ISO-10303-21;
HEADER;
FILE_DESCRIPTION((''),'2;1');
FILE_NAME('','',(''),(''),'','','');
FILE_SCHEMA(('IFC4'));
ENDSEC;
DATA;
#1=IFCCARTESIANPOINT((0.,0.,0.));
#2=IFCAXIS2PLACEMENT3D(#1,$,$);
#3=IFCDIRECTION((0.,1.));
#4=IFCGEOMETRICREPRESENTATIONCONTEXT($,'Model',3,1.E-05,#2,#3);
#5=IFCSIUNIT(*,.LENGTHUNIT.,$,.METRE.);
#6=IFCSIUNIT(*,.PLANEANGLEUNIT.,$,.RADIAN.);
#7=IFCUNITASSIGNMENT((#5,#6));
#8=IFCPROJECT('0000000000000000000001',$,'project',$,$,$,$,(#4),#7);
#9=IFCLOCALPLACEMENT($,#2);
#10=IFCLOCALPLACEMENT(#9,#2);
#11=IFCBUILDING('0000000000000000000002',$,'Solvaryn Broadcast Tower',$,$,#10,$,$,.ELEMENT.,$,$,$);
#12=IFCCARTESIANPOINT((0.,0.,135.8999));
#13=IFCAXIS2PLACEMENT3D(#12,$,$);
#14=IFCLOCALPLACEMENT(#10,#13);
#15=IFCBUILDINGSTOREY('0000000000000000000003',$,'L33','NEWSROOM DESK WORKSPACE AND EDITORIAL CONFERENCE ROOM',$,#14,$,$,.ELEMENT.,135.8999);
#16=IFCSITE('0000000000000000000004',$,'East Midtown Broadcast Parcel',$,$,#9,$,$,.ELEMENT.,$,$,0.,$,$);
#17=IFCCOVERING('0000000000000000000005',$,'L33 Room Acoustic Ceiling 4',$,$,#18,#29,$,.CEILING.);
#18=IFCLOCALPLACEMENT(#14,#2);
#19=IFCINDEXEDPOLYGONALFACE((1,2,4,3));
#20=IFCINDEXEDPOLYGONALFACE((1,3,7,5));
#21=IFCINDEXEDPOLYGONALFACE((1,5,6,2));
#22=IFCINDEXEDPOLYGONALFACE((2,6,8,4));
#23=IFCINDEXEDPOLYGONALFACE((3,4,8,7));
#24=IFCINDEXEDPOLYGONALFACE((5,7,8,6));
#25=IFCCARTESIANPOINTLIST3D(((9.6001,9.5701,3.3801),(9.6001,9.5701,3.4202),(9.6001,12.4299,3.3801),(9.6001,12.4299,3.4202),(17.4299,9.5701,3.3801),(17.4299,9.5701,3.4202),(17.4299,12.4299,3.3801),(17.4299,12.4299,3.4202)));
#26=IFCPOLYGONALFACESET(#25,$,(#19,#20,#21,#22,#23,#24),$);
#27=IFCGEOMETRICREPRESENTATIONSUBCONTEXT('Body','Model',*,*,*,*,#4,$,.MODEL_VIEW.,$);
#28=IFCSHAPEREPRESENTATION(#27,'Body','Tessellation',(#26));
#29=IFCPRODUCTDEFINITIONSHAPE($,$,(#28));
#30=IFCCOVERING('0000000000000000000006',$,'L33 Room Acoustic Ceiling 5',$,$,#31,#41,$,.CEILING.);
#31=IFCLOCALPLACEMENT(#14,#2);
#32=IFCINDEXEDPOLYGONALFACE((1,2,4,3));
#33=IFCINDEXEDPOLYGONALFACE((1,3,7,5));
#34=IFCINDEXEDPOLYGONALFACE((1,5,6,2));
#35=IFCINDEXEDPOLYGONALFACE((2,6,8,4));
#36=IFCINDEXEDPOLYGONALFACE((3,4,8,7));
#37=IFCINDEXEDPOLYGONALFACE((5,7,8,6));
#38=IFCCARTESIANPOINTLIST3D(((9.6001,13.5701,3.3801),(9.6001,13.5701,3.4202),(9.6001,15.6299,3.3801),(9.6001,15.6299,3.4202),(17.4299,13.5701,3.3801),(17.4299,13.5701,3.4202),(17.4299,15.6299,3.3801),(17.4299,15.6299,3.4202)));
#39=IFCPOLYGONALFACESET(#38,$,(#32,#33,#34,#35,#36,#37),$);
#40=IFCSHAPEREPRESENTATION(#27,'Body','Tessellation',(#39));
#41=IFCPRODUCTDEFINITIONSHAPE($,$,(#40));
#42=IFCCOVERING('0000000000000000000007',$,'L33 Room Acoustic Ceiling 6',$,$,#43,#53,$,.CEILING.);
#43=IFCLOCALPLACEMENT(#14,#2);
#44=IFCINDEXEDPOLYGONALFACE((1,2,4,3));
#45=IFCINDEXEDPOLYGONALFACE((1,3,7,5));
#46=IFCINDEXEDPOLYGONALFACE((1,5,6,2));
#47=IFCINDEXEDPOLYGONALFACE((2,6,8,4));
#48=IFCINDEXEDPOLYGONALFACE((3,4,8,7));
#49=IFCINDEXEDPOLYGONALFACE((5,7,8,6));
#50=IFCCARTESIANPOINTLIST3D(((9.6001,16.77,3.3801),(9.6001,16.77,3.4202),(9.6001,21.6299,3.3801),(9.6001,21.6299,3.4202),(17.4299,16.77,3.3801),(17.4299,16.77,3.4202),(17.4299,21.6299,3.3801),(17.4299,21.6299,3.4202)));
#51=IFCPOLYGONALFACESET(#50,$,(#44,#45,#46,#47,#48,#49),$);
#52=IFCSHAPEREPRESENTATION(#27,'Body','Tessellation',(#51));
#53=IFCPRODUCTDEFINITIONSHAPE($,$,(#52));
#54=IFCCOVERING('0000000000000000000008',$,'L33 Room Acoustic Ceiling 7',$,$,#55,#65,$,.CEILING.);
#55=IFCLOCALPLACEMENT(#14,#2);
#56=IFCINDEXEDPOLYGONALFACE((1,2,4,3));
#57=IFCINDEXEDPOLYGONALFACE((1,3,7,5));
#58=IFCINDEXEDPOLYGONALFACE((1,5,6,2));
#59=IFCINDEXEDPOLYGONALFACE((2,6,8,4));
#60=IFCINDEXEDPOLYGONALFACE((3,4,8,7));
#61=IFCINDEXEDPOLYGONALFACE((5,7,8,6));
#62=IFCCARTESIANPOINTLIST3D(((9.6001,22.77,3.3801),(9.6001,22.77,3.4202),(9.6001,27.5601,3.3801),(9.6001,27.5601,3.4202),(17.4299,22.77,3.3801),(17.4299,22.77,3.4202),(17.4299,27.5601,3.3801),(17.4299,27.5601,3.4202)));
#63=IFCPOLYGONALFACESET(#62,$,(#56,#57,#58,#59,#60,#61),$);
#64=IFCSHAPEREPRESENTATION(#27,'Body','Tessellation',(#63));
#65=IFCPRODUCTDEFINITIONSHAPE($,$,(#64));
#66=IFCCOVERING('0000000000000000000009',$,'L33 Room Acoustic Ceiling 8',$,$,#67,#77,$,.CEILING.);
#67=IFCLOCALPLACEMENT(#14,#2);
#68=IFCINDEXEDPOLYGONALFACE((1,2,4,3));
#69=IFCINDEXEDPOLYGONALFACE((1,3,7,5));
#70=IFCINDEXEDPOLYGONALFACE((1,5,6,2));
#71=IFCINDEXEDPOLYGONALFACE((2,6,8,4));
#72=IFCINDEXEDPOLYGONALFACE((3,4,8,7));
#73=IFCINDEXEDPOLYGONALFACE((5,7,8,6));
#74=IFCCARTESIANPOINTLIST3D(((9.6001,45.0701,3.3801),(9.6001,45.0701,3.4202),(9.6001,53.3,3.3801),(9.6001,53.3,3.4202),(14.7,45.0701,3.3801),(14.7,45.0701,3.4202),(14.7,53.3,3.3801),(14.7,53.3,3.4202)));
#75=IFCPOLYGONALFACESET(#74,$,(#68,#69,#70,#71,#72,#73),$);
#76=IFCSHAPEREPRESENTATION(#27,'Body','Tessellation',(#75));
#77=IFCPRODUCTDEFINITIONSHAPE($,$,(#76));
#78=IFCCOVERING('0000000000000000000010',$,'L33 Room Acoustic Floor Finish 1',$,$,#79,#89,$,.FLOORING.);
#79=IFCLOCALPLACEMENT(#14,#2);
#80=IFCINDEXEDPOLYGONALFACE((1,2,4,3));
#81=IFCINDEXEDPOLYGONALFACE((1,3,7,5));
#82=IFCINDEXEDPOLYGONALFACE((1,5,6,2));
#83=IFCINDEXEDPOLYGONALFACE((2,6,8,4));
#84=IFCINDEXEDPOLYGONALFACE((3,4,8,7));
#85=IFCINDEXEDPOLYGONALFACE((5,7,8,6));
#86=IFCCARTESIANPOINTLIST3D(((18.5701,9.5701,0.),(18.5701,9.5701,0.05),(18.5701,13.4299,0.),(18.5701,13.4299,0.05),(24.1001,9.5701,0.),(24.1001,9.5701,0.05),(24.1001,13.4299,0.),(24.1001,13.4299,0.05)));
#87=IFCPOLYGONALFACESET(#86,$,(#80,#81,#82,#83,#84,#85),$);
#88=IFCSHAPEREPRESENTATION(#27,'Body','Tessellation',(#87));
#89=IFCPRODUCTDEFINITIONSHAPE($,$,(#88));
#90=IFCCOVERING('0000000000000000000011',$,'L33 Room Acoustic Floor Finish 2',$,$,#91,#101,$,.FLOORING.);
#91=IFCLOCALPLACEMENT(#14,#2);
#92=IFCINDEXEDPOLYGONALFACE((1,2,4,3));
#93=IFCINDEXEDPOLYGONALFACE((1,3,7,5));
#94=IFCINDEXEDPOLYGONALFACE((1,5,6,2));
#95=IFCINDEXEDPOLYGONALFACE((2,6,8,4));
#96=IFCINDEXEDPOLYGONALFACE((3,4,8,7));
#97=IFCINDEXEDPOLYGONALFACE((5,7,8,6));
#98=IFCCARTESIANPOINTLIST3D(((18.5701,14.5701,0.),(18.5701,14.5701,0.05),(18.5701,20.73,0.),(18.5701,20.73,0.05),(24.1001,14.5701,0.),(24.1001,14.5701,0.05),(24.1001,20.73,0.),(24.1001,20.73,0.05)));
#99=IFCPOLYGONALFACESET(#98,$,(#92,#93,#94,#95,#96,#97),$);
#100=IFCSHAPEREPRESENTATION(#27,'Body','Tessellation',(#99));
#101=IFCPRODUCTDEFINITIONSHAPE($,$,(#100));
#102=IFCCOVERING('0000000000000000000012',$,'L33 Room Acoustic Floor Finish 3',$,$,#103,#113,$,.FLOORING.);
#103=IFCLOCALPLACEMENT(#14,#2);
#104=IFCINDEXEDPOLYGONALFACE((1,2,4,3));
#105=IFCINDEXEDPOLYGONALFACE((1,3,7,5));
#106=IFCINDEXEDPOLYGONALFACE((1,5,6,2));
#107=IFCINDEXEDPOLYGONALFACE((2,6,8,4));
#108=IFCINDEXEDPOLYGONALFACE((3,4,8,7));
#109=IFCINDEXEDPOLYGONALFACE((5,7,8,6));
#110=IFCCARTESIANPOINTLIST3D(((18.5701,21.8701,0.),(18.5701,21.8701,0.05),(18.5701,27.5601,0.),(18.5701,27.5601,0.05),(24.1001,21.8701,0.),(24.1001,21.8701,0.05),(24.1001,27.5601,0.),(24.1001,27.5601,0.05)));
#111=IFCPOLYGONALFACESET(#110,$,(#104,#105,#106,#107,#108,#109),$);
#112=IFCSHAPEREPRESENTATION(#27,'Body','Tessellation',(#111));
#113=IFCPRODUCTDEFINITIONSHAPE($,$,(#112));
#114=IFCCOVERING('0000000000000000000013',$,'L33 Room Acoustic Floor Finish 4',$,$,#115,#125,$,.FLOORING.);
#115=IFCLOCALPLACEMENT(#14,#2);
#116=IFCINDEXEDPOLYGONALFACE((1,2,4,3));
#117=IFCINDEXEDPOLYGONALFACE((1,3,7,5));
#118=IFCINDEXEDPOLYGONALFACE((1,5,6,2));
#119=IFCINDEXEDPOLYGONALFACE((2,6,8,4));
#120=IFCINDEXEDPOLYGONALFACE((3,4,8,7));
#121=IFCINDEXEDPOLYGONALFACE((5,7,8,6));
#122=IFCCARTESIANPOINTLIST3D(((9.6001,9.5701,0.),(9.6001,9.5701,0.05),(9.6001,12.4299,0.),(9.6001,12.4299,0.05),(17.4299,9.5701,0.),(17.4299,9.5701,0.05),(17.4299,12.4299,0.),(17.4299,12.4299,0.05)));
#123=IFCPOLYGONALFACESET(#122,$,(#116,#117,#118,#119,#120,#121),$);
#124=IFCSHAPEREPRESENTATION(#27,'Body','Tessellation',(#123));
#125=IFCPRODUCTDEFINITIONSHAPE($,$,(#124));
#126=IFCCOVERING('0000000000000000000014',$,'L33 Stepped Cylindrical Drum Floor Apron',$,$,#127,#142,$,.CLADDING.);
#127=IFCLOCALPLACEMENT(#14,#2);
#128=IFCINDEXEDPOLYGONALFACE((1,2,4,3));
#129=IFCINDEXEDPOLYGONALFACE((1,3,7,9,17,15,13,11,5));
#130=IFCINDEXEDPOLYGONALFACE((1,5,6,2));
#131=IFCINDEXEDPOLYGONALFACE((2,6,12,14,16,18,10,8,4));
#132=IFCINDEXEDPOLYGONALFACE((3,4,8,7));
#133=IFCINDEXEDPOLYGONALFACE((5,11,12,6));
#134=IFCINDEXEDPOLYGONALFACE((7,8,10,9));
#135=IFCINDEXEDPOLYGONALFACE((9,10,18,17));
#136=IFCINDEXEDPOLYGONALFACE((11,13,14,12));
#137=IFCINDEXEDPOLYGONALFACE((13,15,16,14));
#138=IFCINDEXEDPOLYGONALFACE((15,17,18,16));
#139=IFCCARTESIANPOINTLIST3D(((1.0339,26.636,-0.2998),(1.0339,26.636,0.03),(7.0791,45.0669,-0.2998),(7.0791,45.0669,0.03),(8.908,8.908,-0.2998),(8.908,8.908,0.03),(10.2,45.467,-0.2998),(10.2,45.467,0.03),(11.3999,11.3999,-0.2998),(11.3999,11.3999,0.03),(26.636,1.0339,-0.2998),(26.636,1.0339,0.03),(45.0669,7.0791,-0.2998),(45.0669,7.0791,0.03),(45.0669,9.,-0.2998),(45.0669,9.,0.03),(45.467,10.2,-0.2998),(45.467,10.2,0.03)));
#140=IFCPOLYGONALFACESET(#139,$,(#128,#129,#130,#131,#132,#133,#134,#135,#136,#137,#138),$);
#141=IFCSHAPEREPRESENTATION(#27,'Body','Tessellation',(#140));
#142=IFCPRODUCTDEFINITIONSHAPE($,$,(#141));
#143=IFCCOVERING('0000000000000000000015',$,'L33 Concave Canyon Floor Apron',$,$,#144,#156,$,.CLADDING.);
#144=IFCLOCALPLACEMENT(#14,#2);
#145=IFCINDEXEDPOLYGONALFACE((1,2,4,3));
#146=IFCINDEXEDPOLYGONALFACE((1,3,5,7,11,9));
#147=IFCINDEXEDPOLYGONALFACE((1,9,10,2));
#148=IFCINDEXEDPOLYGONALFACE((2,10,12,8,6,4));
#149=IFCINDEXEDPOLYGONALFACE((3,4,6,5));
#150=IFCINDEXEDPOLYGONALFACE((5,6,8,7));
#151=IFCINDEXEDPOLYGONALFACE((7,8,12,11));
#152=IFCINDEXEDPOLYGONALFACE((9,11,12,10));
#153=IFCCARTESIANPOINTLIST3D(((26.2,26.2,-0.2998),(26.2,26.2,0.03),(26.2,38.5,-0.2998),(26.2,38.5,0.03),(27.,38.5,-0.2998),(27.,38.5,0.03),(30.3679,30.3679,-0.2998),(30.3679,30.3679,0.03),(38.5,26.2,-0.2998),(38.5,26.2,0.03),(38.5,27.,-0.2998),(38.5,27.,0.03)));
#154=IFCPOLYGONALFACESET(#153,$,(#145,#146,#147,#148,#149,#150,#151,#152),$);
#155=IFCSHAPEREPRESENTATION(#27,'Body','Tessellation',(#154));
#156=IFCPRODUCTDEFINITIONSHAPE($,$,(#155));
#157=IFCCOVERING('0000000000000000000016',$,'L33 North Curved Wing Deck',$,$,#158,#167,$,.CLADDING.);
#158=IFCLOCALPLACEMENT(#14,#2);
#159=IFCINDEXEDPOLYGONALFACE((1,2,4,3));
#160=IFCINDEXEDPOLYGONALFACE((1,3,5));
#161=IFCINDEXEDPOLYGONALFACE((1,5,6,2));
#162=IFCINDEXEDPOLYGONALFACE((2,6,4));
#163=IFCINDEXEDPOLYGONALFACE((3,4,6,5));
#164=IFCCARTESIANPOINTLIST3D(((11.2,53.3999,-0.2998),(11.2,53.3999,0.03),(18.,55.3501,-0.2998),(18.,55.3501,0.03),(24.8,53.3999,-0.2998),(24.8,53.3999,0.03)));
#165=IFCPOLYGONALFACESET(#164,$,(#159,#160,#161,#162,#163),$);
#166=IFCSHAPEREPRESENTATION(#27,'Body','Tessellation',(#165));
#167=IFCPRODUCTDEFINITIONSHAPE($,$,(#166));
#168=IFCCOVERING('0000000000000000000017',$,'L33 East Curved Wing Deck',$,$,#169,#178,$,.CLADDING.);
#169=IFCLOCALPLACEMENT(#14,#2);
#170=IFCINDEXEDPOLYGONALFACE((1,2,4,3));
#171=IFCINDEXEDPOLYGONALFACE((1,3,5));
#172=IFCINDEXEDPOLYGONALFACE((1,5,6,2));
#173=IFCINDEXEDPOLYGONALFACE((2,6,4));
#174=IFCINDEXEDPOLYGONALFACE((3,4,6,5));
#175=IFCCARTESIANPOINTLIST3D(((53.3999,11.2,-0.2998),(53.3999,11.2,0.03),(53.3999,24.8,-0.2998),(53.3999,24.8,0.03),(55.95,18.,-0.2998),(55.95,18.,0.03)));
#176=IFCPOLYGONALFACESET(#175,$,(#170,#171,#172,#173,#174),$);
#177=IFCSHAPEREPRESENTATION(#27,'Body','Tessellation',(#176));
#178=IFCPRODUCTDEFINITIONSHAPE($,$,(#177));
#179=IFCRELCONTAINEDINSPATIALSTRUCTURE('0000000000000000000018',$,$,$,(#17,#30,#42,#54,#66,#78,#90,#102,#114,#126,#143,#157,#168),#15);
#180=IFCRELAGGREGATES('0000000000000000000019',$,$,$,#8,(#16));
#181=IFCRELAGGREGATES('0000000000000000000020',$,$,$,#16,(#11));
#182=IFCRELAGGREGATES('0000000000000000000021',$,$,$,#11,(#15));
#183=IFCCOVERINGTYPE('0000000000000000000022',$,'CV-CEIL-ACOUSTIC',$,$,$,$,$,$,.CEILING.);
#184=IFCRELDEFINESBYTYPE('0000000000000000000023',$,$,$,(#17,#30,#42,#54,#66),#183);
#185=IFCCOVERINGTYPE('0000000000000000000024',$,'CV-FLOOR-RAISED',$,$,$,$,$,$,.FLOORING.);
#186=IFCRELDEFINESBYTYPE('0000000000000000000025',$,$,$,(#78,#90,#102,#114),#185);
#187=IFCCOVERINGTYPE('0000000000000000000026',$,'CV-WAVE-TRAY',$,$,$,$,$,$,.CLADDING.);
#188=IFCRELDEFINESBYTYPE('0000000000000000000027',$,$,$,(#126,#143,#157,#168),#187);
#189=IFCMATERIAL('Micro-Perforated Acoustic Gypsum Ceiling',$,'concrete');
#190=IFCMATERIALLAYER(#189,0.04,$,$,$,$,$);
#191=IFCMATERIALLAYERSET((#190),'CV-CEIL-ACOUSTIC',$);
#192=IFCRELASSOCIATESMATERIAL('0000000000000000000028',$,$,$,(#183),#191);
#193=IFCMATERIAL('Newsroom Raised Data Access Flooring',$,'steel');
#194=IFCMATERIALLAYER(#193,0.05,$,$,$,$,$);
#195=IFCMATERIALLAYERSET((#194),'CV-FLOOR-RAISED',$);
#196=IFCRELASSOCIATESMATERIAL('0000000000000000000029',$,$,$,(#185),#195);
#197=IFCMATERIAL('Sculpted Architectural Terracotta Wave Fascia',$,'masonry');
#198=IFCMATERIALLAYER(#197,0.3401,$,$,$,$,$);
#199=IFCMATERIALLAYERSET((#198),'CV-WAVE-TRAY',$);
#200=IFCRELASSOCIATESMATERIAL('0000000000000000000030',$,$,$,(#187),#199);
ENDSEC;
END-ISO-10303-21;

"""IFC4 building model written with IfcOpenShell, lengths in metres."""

from ifc_helpers import new_model, si_unit, direction, frame, origin, place, context, subcontext, project, spatial, polyline, outline, extrude, material, layer, layer_set, type_object, element, save


model = new_model("IFC4")

# Units and contexts
model_context = context("Model", 3, precision=1e-05, world=origin(), true_north=direction((0.0, 1.0)))
body_context = subcontext(model_context, "Body", "Model", "MODEL_VIEW")
ifc_project = project(units=[si_unit("LENGTHUNIT", "METRE"), si_unit("PLANEANGLEUNIT", "RADIAN")], contexts=[model_context])

# Site, building, storey
site_placement = place(None, origin())
site = spatial("IfcSite", under=ifc_project, at=site_placement, Name="East Midtown Broadcast Parcel", CompositionType="ELEMENT", RefElevation=0.0)
building_placement = place(site_placement, origin())
building = spatial("IfcBuilding", under=site, at=building_placement, Name="Solvaryn Broadcast Tower", CompositionType="ELEMENT")
storey_placement = place(building_placement, frame((0.0, 0.0, 135.8999)))
storey = spatial("IfcBuildingStorey", under=building, at=storey_placement, Name="L33", Description="NEWSROOM DESK WORKSPACE AND EDITORIAL CONFERENCE ROOM", CompositionType="ELEMENT", Elevation=135.8999)

# Coverings
ifc_material_1 = material(Name="Micro-Perforated Acoustic Gypsum Ceiling", Category="concrete")
ifc_layer_1 = layer(ifc_material_1, 0.04)
ifc_layer_set_1 = layer_set([ifc_layer_1], Name="CV-CEIL-ACOUSTIC")
covering_type_1 = type_object("IfcCoveringType", Name="CV-CEIL-ACOUSTIC", PredefinedType="CEILING", material=ifc_layer_set_1)
covering_1_placement = place(storey_placement, frame((0.0, 0.0, 3.3801)))
element("IfcCovering", 1, at=covering_1_placement, inside=storey, type_object=covering_type_1, Name="L33 Room Acoustic Ceiling 4", PredefinedType="CEILING", context=body_context, shape_type="SweptSolid", body=[
    extrude(outline(polyline([(9.6001, 9.5701), (17.4299, 9.5701), (17.4299, 12.4299), (9.6001, 12.4299), (9.6001, 9.5701)])), origin(), (0.0, 0.0, 1.0), 0.04),
])
covering_2_placement = place(storey_placement, frame((0.0, 0.0, 3.3801)))
element("IfcCovering", 2, at=covering_2_placement, inside=storey, type_object=covering_type_1, Name="L33 Room Acoustic Ceiling 5", PredefinedType="CEILING", context=body_context, shape_type="SweptSolid", body=[
    extrude(outline(polyline([(9.6001, 13.5701), (17.4299, 13.5701), (17.4299, 15.6299), (9.6001, 15.6299), (9.6001, 13.5701)])), origin(), (0.0, 0.0, 1.0), 0.04),
])
covering_3_placement = place(storey_placement, frame((0.0, 0.0, 3.3801)))
element("IfcCovering", 3, at=covering_3_placement, inside=storey, type_object=covering_type_1, Name="L33 Room Acoustic Ceiling 6", PredefinedType="CEILING", context=body_context, shape_type="SweptSolid", body=[
    extrude(outline(polyline([(9.6001, 16.77), (17.4299, 16.77), (17.4299, 21.6299), (9.6001, 21.6299), (9.6001, 16.77)])), origin(), (0.0, 0.0, 1.0), 0.04),
])
covering_4_placement = place(storey_placement, frame((0.0, 0.0, 3.3801)))
element("IfcCovering", 4, at=covering_4_placement, inside=storey, type_object=covering_type_1, Name="L33 Room Acoustic Ceiling 7", PredefinedType="CEILING", context=body_context, shape_type="SweptSolid", body=[
    extrude(outline(polyline([(9.6001, 22.77), (17.4299, 22.77), (17.4299, 27.5601), (9.6001, 27.5601), (9.6001, 22.77)])), origin(), (0.0, 0.0, 1.0), 0.04),
])
covering_5_placement = place(storey_placement, frame((0.0, 0.0, 3.3801)))
element("IfcCovering", 5, at=covering_5_placement, inside=storey, type_object=covering_type_1, Name="L33 Room Acoustic Ceiling 8", PredefinedType="CEILING", context=body_context, shape_type="SweptSolid", body=[
    extrude(outline(polyline([(9.6001, 45.0701), (14.7, 45.0701), (14.7, 53.3), (9.6001, 53.3), (9.6001, 45.0701)])), origin(), (0.0, 0.0, 1.0), 0.04),
])
ifc_material_2 = material(Name="Newsroom Raised Data Access Flooring", Category="steel")
ifc_layer_2 = layer(ifc_material_2, 0.05)
ifc_layer_set_2 = layer_set([ifc_layer_2], Name="CV-FLOOR-RAISED")
covering_type_2 = type_object("IfcCoveringType", Name="CV-FLOOR-RAISED", PredefinedType="FLOORING", material=ifc_layer_set_2)
covering_6_placement = place(storey_placement, origin())
element("IfcCovering", 6, at=covering_6_placement, inside=storey, type_object=covering_type_2, Name="L33 Room Acoustic Floor Finish 1", PredefinedType="FLOORING", context=body_context, shape_type="SweptSolid", body=[
    extrude(outline(polyline([(18.5701, 9.5701), (24.1001, 9.5701), (24.1001, 13.4299), (18.5701, 13.4299), (18.5701, 9.5701)])), origin(), (0.0, 0.0, 1.0), 0.05),
])
covering_7_placement = place(storey_placement, origin())
element("IfcCovering", 7, at=covering_7_placement, inside=storey, type_object=covering_type_2, Name="L33 Room Acoustic Floor Finish 2", PredefinedType="FLOORING", context=body_context, shape_type="SweptSolid", body=[
    extrude(outline(polyline([(18.5701, 14.5701), (24.1001, 14.5701), (24.1001, 20.73), (18.5701, 20.73), (18.5701, 14.5701)])), origin(), (0.0, 0.0, 1.0), 0.05),
])
covering_8_placement = place(storey_placement, origin())
element("IfcCovering", 8, at=covering_8_placement, inside=storey, type_object=covering_type_2, Name="L33 Room Acoustic Floor Finish 3", PredefinedType="FLOORING", context=body_context, shape_type="SweptSolid", body=[
    extrude(outline(polyline([(18.5701, 21.8701), (24.1001, 21.8701), (24.1001, 27.5601), (18.5701, 27.5601), (18.5701, 21.8701)])), origin(), (0.0, 0.0, 1.0), 0.05),
])
covering_9_placement = place(storey_placement, origin())
element("IfcCovering", 9, at=covering_9_placement, inside=storey, type_object=covering_type_2, Name="L33 Room Acoustic Floor Finish 4", PredefinedType="FLOORING", context=body_context, shape_type="SweptSolid", body=[
    extrude(outline(polyline([(9.6001, 9.5701), (17.4299, 9.5701), (17.4299, 12.4299), (9.6001, 12.4299), (9.6001, 9.5701)])), origin(), (0.0, 0.0, 1.0), 0.05),
])
ifc_material_3 = material(Name="Sculpted Architectural Terracotta Wave Fascia", Category="masonry")
ifc_layer_3 = layer(ifc_material_3, 0.3401)
ifc_layer_set_3 = layer_set([ifc_layer_3], Name="CV-WAVE-TRAY")
covering_type_3 = type_object("IfcCoveringType", Name="CV-WAVE-TRAY", PredefinedType="CLADDING", material=ifc_layer_set_3)
covering_10_placement = place(storey_placement, frame((0.0, 0.0, -0.2998)))
element("IfcCovering", 10, at=covering_10_placement, inside=storey, type_object=covering_type_3, Name="L33 Stepped Cylindrical Drum Floor Apron", PredefinedType="CLADDING", context=body_context, shape_type="SweptSolid", body=[
    extrude(outline(polyline([(10.2, 45.467), (7.0791, 45.0669), (1.0339, 26.636), (8.908, 8.908), (26.636, 1.0339), (45.0669, 7.0791), (45.0669, 9.0), (45.467, 10.2), (11.3999, 11.3999), (10.2, 45.467)])), origin(), (0.0, 0.0, 1.0), 0.3298),
])
covering_11_placement = place(storey_placement, frame((0.0, 0.0, -0.2998)))
element("IfcCovering", 11, at=covering_11_placement, inside=storey, type_object=covering_type_3, Name="L33 Concave Canyon Floor Apron", PredefinedType="CLADDING", context=body_context, shape_type="SweptSolid", body=[
    extrude(outline(polyline([(26.2, 26.2), (38.5, 26.2), (38.5, 27.0), (30.3679, 30.3679), (27.0, 38.5), (26.2, 38.5), (26.2, 26.2)])), origin(), (0.0, 0.0, 1.0), 0.3298),
])
covering_12_placement = place(storey_placement, frame((0.0, 0.0, -0.2998)))
element("IfcCovering", 12, at=covering_12_placement, inside=storey, type_object=covering_type_3, Name="L33 North Curved Wing Deck", PredefinedType="CLADDING", context=body_context, shape_type="SweptSolid", body=[
    extrude(outline(polyline([(11.2, 53.3999), (24.8, 53.3999), (18.0, 55.3501), (11.2, 53.3999)])), origin(), (0.0, 0.0, 1.0), 0.3298),
])
covering_13_placement = place(storey_placement, frame((0.0, 0.0, -0.2998)))
element("IfcCovering", 13, at=covering_13_placement, inside=storey, type_object=covering_type_3, Name="L33 East Curved Wing Deck", PredefinedType="CLADDING", context=body_context, shape_type="SweptSolid", body=[
    extrude(outline(polyline([(53.3999, 11.2), (55.95, 18.0), (53.3999, 24.8), (53.3999, 11.2)])), origin(), (0.0, 0.0, 1.0), 0.3298),
])

save(model, "model.ifc")
